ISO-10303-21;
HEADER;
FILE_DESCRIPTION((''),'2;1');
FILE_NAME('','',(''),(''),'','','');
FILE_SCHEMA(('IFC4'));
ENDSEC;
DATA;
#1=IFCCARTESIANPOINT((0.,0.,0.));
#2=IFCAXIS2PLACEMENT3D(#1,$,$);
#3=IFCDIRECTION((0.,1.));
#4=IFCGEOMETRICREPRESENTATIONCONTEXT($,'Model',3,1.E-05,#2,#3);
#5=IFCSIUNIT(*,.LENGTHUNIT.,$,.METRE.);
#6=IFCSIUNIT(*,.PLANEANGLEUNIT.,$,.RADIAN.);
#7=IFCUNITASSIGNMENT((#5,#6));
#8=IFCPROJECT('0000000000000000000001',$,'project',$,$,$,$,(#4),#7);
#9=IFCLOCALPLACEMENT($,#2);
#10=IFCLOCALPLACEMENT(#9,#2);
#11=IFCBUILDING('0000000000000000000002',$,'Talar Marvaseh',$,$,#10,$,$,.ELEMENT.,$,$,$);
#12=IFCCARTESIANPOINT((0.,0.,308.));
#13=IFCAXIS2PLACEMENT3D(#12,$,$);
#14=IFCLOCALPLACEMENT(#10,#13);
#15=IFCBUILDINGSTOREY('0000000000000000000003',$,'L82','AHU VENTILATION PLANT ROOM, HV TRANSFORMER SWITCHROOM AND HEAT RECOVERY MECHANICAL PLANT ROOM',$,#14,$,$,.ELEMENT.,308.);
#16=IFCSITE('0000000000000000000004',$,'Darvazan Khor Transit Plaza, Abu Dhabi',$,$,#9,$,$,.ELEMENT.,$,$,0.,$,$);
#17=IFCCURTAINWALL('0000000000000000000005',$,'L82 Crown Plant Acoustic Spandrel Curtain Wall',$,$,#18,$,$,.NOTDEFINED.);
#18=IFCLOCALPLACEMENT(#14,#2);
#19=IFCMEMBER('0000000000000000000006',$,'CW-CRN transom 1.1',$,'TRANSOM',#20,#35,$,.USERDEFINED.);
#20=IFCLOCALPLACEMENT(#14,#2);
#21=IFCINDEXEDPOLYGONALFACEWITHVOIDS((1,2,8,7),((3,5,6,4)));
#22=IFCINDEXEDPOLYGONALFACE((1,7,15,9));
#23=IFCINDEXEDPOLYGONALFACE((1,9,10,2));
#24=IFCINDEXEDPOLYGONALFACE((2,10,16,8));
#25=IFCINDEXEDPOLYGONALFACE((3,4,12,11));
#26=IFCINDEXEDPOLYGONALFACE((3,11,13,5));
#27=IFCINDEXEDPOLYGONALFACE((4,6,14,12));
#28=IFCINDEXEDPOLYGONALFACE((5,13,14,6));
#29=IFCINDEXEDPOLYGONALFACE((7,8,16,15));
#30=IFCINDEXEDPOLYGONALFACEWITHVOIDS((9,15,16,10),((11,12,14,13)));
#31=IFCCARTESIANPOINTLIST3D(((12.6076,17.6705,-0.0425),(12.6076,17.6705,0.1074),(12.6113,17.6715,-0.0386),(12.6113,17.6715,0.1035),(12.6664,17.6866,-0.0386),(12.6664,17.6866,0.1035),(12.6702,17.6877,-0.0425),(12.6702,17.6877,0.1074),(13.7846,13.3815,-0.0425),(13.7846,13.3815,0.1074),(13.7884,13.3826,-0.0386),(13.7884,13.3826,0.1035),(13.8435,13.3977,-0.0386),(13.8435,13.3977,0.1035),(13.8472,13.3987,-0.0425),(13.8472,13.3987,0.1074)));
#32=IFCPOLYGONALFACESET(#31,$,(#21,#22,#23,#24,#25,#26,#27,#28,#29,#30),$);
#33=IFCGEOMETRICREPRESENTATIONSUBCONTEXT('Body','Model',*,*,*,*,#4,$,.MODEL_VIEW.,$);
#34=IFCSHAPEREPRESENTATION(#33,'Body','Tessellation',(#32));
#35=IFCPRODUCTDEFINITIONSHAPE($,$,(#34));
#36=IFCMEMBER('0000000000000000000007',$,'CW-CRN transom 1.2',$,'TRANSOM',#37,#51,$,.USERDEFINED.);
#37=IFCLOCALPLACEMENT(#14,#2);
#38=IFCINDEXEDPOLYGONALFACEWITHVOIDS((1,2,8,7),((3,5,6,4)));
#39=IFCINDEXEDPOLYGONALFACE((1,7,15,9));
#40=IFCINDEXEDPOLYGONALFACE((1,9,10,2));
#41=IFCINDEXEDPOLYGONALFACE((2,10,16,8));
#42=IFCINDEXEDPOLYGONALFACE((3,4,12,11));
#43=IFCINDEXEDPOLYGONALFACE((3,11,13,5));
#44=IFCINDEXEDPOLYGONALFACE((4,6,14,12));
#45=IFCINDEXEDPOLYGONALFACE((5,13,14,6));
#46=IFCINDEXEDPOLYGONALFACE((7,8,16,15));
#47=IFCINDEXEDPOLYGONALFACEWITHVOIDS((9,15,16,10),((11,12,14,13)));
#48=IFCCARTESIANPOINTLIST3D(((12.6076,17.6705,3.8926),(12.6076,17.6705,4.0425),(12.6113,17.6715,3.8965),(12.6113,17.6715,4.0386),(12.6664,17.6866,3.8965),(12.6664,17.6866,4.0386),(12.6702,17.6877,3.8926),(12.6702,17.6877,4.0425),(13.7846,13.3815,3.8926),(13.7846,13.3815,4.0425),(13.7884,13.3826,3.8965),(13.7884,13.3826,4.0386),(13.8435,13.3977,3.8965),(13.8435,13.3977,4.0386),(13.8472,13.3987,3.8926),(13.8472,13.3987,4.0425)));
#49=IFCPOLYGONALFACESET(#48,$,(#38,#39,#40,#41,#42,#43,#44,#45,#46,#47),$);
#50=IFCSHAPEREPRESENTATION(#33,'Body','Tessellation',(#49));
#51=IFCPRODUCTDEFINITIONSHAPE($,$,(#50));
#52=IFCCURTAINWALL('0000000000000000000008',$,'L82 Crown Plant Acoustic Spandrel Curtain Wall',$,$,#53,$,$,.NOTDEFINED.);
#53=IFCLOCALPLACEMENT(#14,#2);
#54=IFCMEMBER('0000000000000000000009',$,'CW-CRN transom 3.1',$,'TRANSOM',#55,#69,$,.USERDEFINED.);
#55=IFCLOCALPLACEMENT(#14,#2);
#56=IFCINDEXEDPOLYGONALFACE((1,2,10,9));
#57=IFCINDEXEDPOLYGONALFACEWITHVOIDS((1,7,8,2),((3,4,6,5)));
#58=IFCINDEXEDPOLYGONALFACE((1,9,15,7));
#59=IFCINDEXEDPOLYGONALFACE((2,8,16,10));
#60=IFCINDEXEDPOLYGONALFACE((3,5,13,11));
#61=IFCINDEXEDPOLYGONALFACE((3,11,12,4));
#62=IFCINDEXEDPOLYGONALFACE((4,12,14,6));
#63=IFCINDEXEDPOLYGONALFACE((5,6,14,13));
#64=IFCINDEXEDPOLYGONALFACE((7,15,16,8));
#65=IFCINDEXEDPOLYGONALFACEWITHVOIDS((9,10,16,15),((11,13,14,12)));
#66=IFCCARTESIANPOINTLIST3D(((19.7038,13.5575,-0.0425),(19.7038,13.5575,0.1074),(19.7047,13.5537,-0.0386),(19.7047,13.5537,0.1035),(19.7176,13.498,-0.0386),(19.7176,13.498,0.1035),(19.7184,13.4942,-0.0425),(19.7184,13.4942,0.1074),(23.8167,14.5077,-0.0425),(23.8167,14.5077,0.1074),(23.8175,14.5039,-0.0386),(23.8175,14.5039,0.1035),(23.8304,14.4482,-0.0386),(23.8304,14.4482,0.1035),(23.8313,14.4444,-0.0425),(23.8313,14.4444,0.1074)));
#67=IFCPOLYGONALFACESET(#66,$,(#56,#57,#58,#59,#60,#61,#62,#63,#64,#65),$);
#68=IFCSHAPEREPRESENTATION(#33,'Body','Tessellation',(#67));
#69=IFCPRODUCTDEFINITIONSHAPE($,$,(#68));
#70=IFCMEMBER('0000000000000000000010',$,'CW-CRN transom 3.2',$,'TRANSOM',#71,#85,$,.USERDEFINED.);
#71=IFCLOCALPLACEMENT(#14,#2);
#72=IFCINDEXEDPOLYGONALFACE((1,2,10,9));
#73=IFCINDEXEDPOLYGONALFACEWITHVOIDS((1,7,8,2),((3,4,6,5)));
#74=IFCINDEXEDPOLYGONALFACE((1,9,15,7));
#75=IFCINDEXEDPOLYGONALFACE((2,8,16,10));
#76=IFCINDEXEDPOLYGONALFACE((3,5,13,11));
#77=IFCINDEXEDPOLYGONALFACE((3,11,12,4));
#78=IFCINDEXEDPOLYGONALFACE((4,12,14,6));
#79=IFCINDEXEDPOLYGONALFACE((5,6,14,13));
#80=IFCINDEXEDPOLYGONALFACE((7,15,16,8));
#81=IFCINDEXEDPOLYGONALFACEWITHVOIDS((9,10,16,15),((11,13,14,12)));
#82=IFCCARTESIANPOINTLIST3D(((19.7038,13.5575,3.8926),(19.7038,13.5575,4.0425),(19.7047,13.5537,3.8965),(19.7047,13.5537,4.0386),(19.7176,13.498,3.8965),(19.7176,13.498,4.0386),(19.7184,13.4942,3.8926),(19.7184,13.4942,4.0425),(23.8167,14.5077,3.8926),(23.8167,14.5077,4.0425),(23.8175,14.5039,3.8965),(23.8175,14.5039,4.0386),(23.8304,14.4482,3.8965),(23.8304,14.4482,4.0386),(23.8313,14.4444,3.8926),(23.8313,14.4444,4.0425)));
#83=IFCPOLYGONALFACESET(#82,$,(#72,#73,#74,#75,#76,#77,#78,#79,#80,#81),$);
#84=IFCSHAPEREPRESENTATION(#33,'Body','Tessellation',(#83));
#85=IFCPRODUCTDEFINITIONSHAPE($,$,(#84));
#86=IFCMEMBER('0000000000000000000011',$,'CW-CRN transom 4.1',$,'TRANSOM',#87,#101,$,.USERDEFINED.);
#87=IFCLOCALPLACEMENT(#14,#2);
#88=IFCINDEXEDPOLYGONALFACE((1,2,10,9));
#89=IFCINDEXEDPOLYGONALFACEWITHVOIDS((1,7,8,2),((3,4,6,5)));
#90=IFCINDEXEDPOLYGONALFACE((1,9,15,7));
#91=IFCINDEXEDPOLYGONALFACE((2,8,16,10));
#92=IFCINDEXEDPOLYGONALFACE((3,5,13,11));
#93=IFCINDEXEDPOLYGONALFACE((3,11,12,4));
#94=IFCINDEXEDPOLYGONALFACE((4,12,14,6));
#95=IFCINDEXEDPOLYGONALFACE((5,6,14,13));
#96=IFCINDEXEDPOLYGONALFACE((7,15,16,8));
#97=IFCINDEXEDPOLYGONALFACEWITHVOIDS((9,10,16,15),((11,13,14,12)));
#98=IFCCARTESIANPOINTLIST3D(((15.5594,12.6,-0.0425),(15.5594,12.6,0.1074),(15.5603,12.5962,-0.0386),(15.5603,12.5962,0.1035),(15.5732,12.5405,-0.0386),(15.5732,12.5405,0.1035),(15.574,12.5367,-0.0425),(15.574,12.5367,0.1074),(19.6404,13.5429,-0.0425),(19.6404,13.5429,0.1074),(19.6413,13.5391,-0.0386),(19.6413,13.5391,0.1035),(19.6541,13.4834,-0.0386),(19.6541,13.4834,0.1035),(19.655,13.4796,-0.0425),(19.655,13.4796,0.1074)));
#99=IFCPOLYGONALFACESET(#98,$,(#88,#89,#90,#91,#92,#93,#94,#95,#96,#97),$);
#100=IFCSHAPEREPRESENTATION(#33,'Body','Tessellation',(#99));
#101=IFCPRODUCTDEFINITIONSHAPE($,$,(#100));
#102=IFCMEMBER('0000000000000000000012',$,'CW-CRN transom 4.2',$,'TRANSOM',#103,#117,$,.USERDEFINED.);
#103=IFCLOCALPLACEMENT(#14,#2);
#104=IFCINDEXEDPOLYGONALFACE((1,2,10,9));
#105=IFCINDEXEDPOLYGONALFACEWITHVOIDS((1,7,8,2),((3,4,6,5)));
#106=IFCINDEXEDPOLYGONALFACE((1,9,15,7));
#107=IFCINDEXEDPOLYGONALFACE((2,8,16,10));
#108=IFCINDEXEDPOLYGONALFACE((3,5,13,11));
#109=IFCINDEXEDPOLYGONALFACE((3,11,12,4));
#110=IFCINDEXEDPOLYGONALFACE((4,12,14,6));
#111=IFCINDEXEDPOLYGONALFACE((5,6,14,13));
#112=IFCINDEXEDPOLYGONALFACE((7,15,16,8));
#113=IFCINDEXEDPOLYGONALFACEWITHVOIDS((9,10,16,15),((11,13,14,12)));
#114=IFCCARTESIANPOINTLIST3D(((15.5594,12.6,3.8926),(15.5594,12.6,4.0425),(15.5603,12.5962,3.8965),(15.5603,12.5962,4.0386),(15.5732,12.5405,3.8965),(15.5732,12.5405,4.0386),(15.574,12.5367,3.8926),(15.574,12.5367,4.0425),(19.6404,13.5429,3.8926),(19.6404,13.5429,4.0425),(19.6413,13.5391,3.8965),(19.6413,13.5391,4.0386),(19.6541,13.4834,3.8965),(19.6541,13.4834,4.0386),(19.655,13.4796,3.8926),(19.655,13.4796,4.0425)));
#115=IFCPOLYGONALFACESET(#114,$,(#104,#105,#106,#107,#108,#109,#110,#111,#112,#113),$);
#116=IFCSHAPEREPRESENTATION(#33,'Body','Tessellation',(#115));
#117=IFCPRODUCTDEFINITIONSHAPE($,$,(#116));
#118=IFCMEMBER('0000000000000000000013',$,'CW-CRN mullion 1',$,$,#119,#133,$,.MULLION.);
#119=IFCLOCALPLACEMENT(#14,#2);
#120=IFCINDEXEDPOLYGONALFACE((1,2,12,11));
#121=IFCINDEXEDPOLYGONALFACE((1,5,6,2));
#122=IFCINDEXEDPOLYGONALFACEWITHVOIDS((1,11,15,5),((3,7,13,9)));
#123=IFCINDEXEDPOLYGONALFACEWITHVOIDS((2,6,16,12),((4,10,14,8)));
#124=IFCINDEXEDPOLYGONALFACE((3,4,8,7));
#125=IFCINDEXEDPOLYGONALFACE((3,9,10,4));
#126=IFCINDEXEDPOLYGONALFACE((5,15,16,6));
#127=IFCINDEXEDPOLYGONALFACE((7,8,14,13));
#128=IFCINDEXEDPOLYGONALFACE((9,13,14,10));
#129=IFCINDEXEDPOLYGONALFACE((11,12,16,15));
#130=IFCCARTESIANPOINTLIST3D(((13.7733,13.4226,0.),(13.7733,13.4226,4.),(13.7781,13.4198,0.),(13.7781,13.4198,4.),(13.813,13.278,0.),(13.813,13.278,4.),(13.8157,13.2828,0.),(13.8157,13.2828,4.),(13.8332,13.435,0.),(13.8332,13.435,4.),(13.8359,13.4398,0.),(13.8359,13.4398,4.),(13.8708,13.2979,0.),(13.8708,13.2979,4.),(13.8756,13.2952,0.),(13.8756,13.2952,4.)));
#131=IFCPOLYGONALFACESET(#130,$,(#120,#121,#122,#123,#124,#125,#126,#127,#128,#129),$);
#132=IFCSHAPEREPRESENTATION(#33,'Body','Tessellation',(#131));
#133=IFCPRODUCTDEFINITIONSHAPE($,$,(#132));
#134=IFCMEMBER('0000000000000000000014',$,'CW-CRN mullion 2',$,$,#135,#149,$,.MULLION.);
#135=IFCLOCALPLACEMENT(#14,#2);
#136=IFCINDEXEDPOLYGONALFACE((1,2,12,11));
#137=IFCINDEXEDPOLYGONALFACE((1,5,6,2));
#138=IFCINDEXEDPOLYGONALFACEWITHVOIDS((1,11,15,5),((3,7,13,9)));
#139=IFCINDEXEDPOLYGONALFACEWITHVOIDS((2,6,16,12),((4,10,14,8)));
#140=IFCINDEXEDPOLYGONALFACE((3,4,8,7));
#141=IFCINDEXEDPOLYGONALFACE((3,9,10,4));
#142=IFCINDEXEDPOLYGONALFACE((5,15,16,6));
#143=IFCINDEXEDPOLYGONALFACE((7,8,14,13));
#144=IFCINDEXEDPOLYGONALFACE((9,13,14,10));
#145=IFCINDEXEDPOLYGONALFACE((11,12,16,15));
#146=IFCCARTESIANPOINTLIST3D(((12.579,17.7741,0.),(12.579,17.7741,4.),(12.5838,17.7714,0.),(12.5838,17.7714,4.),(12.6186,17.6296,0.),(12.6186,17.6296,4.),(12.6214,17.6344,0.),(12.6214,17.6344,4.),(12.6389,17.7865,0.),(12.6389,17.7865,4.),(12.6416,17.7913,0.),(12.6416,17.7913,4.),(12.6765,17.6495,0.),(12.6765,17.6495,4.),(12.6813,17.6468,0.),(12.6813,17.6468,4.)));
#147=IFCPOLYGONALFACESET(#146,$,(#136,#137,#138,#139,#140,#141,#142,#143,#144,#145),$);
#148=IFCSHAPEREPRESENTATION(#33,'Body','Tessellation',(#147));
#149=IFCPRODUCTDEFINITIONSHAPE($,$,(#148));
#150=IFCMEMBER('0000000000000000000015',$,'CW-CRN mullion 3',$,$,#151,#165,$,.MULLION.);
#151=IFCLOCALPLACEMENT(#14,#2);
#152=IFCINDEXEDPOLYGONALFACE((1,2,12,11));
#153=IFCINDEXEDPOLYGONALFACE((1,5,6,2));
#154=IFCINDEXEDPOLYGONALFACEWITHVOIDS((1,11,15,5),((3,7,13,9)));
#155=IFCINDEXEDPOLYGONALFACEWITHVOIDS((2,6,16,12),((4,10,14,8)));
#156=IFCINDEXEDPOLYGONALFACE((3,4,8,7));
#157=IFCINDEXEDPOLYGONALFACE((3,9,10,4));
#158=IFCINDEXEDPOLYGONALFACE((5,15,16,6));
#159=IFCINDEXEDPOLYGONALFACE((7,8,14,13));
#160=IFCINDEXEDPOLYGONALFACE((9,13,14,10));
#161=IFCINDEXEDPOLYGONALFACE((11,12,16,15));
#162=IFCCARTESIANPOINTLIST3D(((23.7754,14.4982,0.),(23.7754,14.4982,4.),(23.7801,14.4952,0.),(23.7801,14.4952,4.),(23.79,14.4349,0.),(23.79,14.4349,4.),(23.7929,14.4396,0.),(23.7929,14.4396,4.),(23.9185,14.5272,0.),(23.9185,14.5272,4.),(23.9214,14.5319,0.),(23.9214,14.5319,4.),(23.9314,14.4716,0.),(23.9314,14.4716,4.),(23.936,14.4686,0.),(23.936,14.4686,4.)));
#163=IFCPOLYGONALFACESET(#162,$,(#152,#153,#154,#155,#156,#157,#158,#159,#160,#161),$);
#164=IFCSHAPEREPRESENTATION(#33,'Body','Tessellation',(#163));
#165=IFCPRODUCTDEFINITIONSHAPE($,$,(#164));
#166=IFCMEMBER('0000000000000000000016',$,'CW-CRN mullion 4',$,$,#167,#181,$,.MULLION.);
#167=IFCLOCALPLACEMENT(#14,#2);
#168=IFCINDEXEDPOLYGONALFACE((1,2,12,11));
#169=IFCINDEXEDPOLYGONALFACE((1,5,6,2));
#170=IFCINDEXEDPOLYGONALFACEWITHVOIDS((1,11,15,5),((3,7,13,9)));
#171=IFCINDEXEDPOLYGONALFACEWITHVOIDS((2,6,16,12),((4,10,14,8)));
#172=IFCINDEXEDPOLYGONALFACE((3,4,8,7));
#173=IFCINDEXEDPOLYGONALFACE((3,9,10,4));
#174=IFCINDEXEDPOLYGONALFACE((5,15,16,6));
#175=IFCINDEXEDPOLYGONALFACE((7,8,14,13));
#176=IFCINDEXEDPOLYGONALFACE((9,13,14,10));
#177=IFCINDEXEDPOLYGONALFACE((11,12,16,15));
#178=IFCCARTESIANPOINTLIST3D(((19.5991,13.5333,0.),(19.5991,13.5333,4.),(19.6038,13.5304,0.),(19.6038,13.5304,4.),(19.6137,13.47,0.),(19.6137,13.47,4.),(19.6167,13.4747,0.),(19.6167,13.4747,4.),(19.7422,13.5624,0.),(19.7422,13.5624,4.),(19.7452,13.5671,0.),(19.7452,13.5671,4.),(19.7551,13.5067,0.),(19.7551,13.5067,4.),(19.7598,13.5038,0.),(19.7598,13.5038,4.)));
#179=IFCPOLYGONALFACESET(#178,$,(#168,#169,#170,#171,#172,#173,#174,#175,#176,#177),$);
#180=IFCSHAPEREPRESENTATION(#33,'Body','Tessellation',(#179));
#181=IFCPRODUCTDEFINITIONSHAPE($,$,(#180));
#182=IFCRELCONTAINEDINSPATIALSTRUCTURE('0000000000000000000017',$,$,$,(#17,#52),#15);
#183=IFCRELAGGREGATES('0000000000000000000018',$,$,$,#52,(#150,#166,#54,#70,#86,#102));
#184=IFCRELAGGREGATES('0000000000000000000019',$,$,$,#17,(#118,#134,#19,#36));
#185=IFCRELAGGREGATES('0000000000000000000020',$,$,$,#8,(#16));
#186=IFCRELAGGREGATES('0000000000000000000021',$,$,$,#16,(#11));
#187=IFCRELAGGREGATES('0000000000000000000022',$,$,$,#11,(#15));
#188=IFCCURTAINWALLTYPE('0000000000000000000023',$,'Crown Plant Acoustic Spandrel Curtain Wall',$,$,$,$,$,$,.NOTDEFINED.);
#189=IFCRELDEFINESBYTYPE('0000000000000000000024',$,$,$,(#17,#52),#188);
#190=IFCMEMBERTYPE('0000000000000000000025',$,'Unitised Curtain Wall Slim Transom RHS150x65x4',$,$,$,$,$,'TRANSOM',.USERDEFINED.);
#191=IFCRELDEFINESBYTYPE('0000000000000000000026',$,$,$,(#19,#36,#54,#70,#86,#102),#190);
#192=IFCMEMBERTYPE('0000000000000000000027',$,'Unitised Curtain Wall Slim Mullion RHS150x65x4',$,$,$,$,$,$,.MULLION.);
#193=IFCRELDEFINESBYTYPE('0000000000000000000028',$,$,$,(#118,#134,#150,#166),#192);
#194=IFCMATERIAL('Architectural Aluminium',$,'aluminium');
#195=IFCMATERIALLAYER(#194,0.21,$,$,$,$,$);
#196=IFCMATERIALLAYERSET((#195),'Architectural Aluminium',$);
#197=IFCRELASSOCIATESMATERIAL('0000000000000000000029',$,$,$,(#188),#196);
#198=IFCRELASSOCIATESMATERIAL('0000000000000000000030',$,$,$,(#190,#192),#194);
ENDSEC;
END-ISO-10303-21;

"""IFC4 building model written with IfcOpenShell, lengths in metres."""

from ifc_helpers import new_model, si_unit, direction, frame, origin, origin_2d, place, context, subcontext, project, spatial, hollow_rectangle, extrude, source, transform, mapped, material, layer, layer_set, material_profile, profile_set, type_object, type_shapes, element, aggregate, save


model = new_model("IFC4")

# Units and contexts
model_context = context("Model", 3, precision=1e-05, world=origin(), true_north=direction((0.0, 1.0)))
body_context = subcontext(model_context, "Body", "Model", "MODEL_VIEW")
ifc_project = project(units=[si_unit("LENGTHUNIT", "METRE"), si_unit("PLANEANGLEUNIT", "RADIAN")], contexts=[model_context])

# Site, building, storey
site_placement = place(None, origin())
site = spatial("IfcSite", under=ifc_project, at=site_placement, Name="Darvazan Khor Transit Plaza, Abu Dhabi", CompositionType="ELEMENT", RefElevation=0.0)
building_placement = place(site_placement, origin())
building = spatial("IfcBuilding", under=site, at=building_placement, Name="Talar Marvaseh", CompositionType="ELEMENT")
storey_placement = place(building_placement, frame((0.0, 0.0, 308.0)))
storey = spatial("IfcBuildingStorey", under=building, at=storey_placement, Name="L82", Description="AHU VENTILATION PLANT ROOM, HV TRANSFORMER SWITCHROOM AND HEAT RECOVERY MECHANICAL PLANT ROOM", CompositionType="ELEMENT", Elevation=308.0)

# Curtain walls, members
ifc_material_1 = material(Name="Architectural Aluminium", Category="aluminium")
ifc_layer_1 = layer(ifc_material_1, 0.21)
ifc_layer_set_1 = layer_set([ifc_layer_1], Name="Architectural Aluminium")
curtain_wall_type = type_object("IfcCurtainWallType", Name="Crown Plant Acoustic Spandrel Curtain Wall", PredefinedType="NOTDEFINED", material=ifc_layer_set_1)
curtain_wall_1_placement = place(storey_placement, origin())
curtain_wall_1 = element("IfcCurtainWall", 1, at=curtain_wall_1_placement, inside=storey, type_object=curtain_wall_type, Name="L82 Crown Plant Acoustic Spandrel Curtain Wall", PredefinedType="NOTDEFINED")
ifc_material_profile_1 = material_profile(ifc_material_1, hollow_rectangle(XDim=0.0649, YDim=0.1499, WallThickness=0.0039, at=origin_2d()), Name="RHS150x65x4")
ifc_profile_set_1 = profile_set([ifc_material_profile_1], Name="Architectural Aluminium")
member_type_1 = type_object("IfcMemberType", Name="Unitised Curtain Wall Slim Transom RHS150x65x4", ElementType="TRANSOM", PredefinedType="USERDEFINED", material=ifc_profile_set_1)
shared_shape_1 = source(origin(), body_context, "Body", "SweptSolid", [
    extrude(hollow_rectangle(XDim=0.0649, YDim=0.1499, WallThickness=0.0039, at=origin_2d()), origin(), (0.0, 0.0, 1.0), 4.4475),
])
member_1_placement = place(storey_placement, frame((13.8159, 13.3901, 0.0325), z_axis=(-0.26465, 0.964345, 0.0), x_axis=(-0.964345, -0.26465, 0.0)))
member_1 = element("IfcMember", 2, at=member_1_placement, type_object=member_type_1, Name="CW-CRN transom 1.1", ObjectType="TRANSOM", PredefinedType="USERDEFINED", context=body_context, shape_type="MappedRepresentation", body=[
    mapped(shared_shape_1, transform((0.0, 0.0, 0.0), x_axis=(1.0, 0.0, 0.0), y_axis=(0.0, 1.0, 0.0), z_axis=(0.0, 0.0, 1.0), scale=1.0)),
])
member_2_placement = place(storey_placement, frame((13.8159, 13.3901, 3.9675), z_axis=(-0.26465, 0.964345, 0.0), x_axis=(-0.964345, -0.26465, 0.0)))
member_2 = element("IfcMember", 3, at=member_2_placement, type_object=member_type_1, Name="CW-CRN transom 1.2", ObjectType="TRANSOM", PredefinedType="USERDEFINED", context=body_context, shape_type="MappedRepresentation", body=[
    mapped(shared_shape_1, transform((0.0, 0.0, 0.0), x_axis=(1.0, 0.0, 0.0), y_axis=(0.0, 1.0, 0.0), z_axis=(0.0, 0.0, 1.0), scale=1.0)),
])
curtain_wall_2_placement = place(storey_placement, origin())
curtain_wall_2 = element("IfcCurtainWall", 4, at=curtain_wall_2_placement, inside=storey, type_object=curtain_wall_type, Name="L82 Crown Plant Acoustic Spandrel Curtain Wall", PredefinedType="NOTDEFINED")
shared_shape_2 = source(origin(), body_context, "Body", "SweptSolid", [
    extrude(hollow_rectangle(XDim=0.0649, YDim=0.1499, WallThickness=0.0039, at=origin_2d()), origin(), (0.0, 0.0, 1.0), 4.2212),
])
member_3_placement = place(storey_placement, frame((23.824, 14.4761, 0.0325), z_axis=(-0.974335, -0.225104, 0.0), x_axis=(0.225104, -0.974335, 0.0)))
member_3 = element("IfcMember", 5, at=member_3_placement, type_object=member_type_1, Name="CW-CRN transom 3.1", ObjectType="TRANSOM", PredefinedType="USERDEFINED", context=body_context, shape_type="MappedRepresentation", body=[
    mapped(shared_shape_2, transform((0.0, 0.0, 0.0), x_axis=(1.0, 0.0, 0.0), y_axis=(0.0, 1.0, 0.0), z_axis=(0.0, 0.0, 1.0), scale=1.0)),
])
member_4_placement = place(storey_placement, frame((23.824, 14.4761, 3.9675), z_axis=(-0.974335, -0.225104, 0.0), x_axis=(0.225104, -0.974335, 0.0)))
member_4 = element("IfcMember", 6, at=member_4_placement, type_object=member_type_1, Name="CW-CRN transom 3.2", ObjectType="TRANSOM", PredefinedType="USERDEFINED", context=body_context, shape_type="MappedRepresentation", body=[
    mapped(shared_shape_2, transform((0.0, 0.0, 0.0), x_axis=(1.0, 0.0, 0.0), y_axis=(0.0, 1.0, 0.0), z_axis=(0.0, 0.0, 1.0), scale=1.0)),
])
shared_shape_3 = source(origin(), body_context, "Body", "SweptSolid", [
    extrude(hollow_rectangle(XDim=0.0649, YDim=0.1499, WallThickness=0.0039, at=origin_2d()), origin(), (0.0, 0.0, 1.0), 4.1885),
])
type_shapes(member_type_1, [shared_shape_1, shared_shape_2, shared_shape_3])
member_5_placement = place(storey_placement, frame((19.6477, 13.5112, 0.0325), z_axis=(-0.974334, -0.225106, 0.0), x_axis=(0.225106, -0.974334, 0.0)))
member_5 = element("IfcMember", 7, at=member_5_placement, type_object=member_type_1, Name="CW-CRN transom 4.1", ObjectType="TRANSOM", PredefinedType="USERDEFINED", context=body_context, shape_type="MappedRepresentation", body=[
    mapped(shared_shape_3, transform((0.0, 0.0, 0.0), x_axis=(1.0, 0.0, 0.0), y_axis=(0.0, 1.0, 0.0), z_axis=(0.0, 0.0, 1.0), scale=1.0)),
])
member_6_placement = place(storey_placement, frame((19.6477, 13.5112, 3.9675), z_axis=(-0.974334, -0.225106, 0.0), x_axis=(0.225106, -0.974334, 0.0)))
member_6 = element("IfcMember", 8, at=member_6_placement, type_object=member_type_1, Name="CW-CRN transom 4.2", ObjectType="TRANSOM", PredefinedType="USERDEFINED", context=body_context, shape_type="MappedRepresentation", body=[
    mapped(shared_shape_3, transform((0.0, 0.0, 0.0), x_axis=(1.0, 0.0, 0.0), y_axis=(0.0, 1.0, 0.0), z_axis=(0.0, 0.0, 1.0), scale=1.0)),
])

# Members
ifc_material_profile_2 = material_profile(ifc_material_1, hollow_rectangle(XDim=0.0649, YDim=0.1499, WallThickness=0.0039, at=origin_2d()), Name="RHS150x65x4")
ifc_profile_set_2 = profile_set([ifc_material_profile_2], Name="Architectural Aluminium")
member_type_2 = type_object("IfcMemberType", Name="Unitised Curtain Wall Slim Mullion RHS150x65x4", PredefinedType="MULLION", material=ifc_profile_set_2)
shared_shape_4 = source(origin(), body_context, "Body", "SweptSolid", [
    extrude(hollow_rectangle(XDim=0.0649, YDim=0.1499, WallThickness=0.0039, at=origin_2d()), origin(), (0.0, 0.0, 1.0), 4.0),
])
type_shapes(member_type_2, [shared_shape_4])
member_7_placement = place(storey_placement, frame((13.8245, 13.3589, 0.0), z_axis=(0.0, 0.0, 1.0), x_axis=(-0.964345, -0.264649, 0.0)))
member_7 = element("IfcMember", 9, at=member_7_placement, type_object=member_type_2, Name="CW-CRN mullion 1", PredefinedType="MULLION", context=body_context, shape_type="MappedRepresentation", body=[
    mapped(shared_shape_4, transform((0.0, 0.0, 0.0), x_axis=(1.0, 0.0, 0.0), y_axis=(0.0, 1.0, 0.0), z_axis=(0.0, 0.0, 1.0), scale=1.0)),
])
member_8_placement = place(storey_placement, frame((12.6301, 17.7104, 0.0), z_axis=(0.0, 0.0, 1.0), x_axis=(-0.964345, -0.264649, 0.0)))
member_8 = element("IfcMember", 10, at=member_8_placement, type_object=member_type_2, Name="CW-CRN mullion 2", PredefinedType="MULLION", context=body_context, shape_type="MappedRepresentation", body=[
    mapped(shared_shape_4, transform((0.0, 0.0, 0.0), x_axis=(1.0, 0.0, 0.0), y_axis=(0.0, 1.0, 0.0), z_axis=(0.0, 0.0, 1.0), scale=1.0)),
])
member_9_placement = place(storey_placement, frame((23.8557, 14.4834, 0.0), z_axis=(0.0, 0.0, 1.0), x_axis=(0.225103, -0.974335, 0.0)))
member_9 = element("IfcMember", 11, at=member_9_placement, type_object=member_type_2, Name="CW-CRN mullion 3", PredefinedType="MULLION", context=body_context, shape_type="MappedRepresentation", body=[
    mapped(shared_shape_4, transform((0.0, 0.0, 0.0), x_axis=(1.0, 0.0, 0.0), y_axis=(0.0, 1.0, 0.0), z_axis=(0.0, 0.0, 1.0), scale=1.0)),
])
member_10_placement = place(storey_placement, frame((19.6794, 13.5186, 0.0), z_axis=(0.0, 0.0, 1.0), x_axis=(0.225103, -0.974335, 0.0)))
member_10 = element("IfcMember", 12, at=member_10_placement, type_object=member_type_2, Name="CW-CRN mullion 4", PredefinedType="MULLION", context=body_context, shape_type="MappedRepresentation", body=[
    mapped(shared_shape_4, transform((0.0, 0.0, 0.0), x_axis=(1.0, 0.0, 0.0), y_axis=(0.0, 1.0, 0.0), z_axis=(0.0, 0.0, 1.0), scale=1.0)),
])

aggregate(curtain_wall_2, [member_9, member_10, member_3, member_4, member_5, member_6])
aggregate(curtain_wall_1, [member_7, member_8, member_1, member_2])

save(model, "model.ifc")
